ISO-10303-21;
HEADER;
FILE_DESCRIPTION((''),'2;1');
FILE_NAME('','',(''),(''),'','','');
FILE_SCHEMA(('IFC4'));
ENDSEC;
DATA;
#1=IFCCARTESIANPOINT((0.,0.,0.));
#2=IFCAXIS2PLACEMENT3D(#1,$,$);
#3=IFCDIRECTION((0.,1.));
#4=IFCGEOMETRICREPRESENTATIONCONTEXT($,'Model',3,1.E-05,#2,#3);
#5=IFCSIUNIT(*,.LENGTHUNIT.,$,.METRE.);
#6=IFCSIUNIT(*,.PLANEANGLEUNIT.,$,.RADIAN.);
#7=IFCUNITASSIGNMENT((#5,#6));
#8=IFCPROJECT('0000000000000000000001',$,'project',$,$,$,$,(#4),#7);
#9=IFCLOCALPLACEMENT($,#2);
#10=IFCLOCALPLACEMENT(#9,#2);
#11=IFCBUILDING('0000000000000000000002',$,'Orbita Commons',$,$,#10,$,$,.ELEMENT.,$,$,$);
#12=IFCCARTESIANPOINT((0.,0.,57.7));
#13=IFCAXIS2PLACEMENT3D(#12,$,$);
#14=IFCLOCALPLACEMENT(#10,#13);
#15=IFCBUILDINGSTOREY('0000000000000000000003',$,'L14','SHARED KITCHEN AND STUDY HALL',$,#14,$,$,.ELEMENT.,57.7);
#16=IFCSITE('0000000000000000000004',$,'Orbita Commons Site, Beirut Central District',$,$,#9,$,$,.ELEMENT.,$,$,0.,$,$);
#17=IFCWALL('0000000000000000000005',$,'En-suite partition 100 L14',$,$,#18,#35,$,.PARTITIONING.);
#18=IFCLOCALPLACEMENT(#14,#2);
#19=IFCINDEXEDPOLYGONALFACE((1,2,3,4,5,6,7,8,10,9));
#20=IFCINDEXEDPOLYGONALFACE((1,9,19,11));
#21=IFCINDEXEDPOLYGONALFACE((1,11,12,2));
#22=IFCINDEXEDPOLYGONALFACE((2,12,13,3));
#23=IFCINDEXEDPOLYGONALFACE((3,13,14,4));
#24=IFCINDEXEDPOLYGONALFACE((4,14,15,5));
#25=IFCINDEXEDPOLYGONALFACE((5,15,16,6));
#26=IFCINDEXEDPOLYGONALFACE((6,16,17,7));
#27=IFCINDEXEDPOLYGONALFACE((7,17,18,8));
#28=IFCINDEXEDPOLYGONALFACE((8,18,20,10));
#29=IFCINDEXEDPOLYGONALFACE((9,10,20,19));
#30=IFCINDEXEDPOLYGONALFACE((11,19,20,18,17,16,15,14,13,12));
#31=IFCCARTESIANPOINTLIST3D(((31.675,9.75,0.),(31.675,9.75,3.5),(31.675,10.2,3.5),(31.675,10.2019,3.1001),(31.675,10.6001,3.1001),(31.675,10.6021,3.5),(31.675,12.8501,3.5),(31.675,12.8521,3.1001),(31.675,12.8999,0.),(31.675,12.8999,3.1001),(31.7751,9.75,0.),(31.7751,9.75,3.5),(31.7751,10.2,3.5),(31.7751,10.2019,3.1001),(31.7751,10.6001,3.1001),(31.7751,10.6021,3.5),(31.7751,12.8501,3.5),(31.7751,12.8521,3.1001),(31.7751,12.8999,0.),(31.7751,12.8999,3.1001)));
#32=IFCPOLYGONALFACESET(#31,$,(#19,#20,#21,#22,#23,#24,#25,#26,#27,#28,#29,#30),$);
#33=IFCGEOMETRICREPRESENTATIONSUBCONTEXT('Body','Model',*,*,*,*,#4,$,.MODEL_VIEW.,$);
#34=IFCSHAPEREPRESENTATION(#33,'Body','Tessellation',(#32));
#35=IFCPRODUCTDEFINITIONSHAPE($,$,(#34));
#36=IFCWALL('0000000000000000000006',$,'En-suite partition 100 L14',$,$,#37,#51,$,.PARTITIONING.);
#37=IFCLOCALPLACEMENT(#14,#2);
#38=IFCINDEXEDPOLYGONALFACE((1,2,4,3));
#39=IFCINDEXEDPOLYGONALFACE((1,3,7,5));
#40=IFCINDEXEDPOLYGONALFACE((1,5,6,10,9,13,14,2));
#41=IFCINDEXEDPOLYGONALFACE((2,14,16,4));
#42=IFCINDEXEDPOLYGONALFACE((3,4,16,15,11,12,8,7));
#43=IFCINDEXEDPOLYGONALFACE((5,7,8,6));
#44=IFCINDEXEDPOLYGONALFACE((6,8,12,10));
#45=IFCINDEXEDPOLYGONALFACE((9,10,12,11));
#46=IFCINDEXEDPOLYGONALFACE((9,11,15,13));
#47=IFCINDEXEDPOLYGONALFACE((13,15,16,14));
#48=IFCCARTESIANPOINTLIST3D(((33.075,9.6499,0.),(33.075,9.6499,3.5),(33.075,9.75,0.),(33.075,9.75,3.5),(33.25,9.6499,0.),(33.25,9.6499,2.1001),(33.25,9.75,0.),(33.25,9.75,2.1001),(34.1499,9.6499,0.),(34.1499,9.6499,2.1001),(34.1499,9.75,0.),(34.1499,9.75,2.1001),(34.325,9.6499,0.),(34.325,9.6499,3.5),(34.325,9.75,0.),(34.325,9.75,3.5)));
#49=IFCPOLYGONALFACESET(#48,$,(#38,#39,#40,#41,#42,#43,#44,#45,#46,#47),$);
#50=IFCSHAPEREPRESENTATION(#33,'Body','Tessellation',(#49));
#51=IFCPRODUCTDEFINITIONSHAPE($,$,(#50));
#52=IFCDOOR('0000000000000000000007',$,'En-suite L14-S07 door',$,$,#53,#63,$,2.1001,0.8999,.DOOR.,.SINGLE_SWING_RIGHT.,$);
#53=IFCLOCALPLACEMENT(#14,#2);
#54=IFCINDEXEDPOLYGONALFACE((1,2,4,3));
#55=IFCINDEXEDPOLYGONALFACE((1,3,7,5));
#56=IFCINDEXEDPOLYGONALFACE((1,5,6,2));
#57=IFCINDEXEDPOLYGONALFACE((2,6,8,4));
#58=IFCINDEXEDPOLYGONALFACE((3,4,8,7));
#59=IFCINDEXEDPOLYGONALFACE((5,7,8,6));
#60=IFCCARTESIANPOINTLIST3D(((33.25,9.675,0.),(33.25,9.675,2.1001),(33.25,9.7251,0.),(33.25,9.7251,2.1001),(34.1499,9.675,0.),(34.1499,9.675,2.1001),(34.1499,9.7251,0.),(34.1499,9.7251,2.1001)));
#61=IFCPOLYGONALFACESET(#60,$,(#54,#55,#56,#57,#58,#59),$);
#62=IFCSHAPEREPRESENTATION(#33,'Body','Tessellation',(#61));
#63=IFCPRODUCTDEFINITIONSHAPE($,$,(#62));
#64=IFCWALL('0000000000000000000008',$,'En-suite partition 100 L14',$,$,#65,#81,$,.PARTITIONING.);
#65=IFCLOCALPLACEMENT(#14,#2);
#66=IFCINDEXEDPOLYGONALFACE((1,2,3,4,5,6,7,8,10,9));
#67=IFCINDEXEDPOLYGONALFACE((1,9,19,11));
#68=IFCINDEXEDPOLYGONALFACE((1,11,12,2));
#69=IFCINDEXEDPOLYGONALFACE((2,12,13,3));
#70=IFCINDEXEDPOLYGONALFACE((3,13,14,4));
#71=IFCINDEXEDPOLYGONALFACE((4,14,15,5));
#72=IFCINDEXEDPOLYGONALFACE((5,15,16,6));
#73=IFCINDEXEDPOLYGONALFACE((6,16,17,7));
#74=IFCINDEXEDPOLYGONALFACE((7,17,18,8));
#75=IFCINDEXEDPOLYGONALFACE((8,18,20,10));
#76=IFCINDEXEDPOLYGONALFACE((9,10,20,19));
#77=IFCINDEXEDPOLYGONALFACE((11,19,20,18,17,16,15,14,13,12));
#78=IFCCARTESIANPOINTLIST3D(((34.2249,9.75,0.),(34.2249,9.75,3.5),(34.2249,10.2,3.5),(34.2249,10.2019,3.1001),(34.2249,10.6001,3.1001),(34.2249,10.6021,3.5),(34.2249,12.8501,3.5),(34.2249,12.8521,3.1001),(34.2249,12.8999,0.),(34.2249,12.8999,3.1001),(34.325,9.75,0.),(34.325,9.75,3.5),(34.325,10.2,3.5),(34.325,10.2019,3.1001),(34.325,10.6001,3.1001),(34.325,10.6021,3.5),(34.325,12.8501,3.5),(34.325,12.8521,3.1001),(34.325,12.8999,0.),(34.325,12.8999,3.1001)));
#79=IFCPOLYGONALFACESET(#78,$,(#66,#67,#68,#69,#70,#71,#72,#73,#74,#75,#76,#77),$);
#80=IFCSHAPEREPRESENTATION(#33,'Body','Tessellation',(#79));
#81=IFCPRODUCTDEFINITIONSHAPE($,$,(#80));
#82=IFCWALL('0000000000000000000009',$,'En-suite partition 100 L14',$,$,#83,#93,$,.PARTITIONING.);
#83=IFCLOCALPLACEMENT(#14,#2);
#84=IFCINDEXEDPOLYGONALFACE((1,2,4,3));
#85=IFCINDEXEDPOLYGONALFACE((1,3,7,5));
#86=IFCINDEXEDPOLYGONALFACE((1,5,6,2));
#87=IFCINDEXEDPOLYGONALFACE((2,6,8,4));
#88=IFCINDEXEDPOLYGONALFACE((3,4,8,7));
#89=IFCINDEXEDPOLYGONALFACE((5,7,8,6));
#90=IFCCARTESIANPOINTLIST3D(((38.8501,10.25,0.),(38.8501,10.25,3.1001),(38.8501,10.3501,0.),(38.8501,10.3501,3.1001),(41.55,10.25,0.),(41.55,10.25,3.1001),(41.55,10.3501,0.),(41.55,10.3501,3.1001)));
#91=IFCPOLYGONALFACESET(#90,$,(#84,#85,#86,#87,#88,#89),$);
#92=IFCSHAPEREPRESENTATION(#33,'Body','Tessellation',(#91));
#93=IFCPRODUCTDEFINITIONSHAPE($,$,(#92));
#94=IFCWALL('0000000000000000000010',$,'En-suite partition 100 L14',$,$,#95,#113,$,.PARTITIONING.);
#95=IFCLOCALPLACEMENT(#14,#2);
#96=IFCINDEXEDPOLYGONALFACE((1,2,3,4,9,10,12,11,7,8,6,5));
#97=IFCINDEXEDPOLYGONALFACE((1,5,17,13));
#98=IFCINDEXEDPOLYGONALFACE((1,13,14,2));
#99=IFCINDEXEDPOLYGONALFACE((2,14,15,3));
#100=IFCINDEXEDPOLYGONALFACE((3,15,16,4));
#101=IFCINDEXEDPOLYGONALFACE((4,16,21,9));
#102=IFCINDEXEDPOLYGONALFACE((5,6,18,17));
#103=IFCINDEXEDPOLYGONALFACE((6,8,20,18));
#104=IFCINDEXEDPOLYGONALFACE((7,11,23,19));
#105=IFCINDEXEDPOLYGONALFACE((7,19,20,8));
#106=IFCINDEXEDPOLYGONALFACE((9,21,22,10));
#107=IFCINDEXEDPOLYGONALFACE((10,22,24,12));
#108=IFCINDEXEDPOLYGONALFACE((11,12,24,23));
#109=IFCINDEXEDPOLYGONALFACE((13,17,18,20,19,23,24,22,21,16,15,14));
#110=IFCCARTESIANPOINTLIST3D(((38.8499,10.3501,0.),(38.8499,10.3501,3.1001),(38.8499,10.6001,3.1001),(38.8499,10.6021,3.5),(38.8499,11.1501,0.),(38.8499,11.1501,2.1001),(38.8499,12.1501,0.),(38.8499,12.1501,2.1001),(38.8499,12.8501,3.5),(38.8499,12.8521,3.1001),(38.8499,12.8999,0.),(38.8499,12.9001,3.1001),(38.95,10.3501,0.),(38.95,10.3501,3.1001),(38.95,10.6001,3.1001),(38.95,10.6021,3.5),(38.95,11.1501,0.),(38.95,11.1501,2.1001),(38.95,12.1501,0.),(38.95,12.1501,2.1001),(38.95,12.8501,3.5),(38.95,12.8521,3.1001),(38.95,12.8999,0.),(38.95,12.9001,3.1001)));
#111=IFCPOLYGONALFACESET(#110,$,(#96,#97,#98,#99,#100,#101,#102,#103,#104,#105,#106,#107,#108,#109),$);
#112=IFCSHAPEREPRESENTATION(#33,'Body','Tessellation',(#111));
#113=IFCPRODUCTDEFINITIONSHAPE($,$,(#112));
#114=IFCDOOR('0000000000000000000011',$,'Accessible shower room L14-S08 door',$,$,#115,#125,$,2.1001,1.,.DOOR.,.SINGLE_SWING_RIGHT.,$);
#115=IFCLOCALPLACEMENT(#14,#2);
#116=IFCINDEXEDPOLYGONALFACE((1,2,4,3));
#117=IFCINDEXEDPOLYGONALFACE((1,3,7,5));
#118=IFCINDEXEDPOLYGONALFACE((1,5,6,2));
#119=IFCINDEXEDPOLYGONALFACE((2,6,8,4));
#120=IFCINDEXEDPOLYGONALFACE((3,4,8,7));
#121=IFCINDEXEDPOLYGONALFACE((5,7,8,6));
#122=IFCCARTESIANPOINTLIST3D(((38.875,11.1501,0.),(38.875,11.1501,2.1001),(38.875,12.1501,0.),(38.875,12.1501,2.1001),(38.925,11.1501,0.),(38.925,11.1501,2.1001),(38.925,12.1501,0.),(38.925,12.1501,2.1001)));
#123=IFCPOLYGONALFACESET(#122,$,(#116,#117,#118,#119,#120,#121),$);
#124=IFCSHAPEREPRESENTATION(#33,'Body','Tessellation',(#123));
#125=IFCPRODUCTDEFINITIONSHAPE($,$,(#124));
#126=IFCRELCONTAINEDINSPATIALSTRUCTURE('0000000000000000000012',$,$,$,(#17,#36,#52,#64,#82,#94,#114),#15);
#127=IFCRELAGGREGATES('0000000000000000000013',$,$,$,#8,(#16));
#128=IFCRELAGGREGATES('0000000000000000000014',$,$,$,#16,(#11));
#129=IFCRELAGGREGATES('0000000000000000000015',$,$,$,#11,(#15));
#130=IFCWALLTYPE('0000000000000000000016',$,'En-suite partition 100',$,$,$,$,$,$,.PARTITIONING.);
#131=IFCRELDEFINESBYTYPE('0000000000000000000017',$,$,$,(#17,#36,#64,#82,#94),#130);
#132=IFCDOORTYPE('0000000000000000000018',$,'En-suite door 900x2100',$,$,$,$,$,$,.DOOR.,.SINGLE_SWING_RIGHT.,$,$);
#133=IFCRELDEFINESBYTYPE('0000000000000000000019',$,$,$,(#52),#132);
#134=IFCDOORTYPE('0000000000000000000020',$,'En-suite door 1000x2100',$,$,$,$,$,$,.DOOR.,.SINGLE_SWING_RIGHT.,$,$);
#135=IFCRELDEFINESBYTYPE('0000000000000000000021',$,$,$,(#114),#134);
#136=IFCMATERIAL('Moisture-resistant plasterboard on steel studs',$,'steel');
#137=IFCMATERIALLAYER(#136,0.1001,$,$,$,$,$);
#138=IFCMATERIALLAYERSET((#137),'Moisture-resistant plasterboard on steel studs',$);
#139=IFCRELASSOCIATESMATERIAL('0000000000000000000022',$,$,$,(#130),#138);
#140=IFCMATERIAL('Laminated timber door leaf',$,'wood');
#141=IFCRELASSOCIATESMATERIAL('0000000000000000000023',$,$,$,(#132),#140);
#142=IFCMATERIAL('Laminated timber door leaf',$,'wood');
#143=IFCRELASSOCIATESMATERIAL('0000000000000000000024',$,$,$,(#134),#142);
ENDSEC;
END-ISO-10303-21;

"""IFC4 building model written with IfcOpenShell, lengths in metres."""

from ifc_helpers import new_model, si_unit, direction, frame, frame_2d, origin, place, context, subcontext, project, spatial, polyline, rectangle, outline, extrude, material, layer, layer_set, type_object, element, fill, save


model = new_model("IFC4")

# Units and contexts
model_context = context("Model", 3, precision=1e-05, world=origin(), true_north=direction((0.0, 1.0)))
body_context = subcontext(model_context, "Body", "Model", "MODEL_VIEW")
ifc_project = project(units=[si_unit("LENGTHUNIT", "METRE"), si_unit("PLANEANGLEUNIT", "RADIAN")], contexts=[model_context])

# Site, building, storey
site_placement = place(None, origin())
site = spatial("IfcSite", under=ifc_project, at=site_placement, Name="Orbita Commons Site, Beirut Central District", CompositionType="ELEMENT", RefElevation=0.0)
building_placement = place(site_placement, origin())
building = spatial("IfcBuilding", under=site, at=building_placement, Name="Orbita Commons", CompositionType="ELEMENT")
storey_placement = place(building_placement, frame((0.0, 0.0, 57.7)))
storey = spatial("IfcBuildingStorey", under=building, at=storey_placement, Name="L14", Description="SHARED KITCHEN AND STUDY HALL", CompositionType="ELEMENT", Elevation=57.7)

# Shared definitions
ifc_material_1 = material(Name="Moisture-resistant plasterboard on steel studs", Category="steel")
ifc_layer_1 = layer(ifc_material_1, 0.1001)
ifc_layer_set_1 = layer_set([ifc_layer_1], Name="Moisture-resistant plasterboard on steel studs")
wall_type_1 = type_object("IfcWallType", Name="En-suite partition 100", PredefinedType="PARTITIONING", material=ifc_layer_set_1)
ifc_material_2 = material(Name="Laminated timber door leaf", Category="wood")
door_type_1 = type_object("IfcDoorType", Name="En-suite door 900x2100", OperationType="SINGLE_SWING_RIGHT", PredefinedType="DOOR", material=ifc_material_2)

# Wall
wall_1_placement = place(storey_placement, frame((31.7251, 9.75, 0.0), z_axis=(0.0, 0.0, 1.0), x_axis=(0.0, 1.0, 0.0)))
element("IfcWall", 1, at=wall_1_placement, inside=storey, type_object=wall_type_1, Name="En-suite partition 100 L14", PredefinedType="PARTITIONING", context=body_context, shape_type="SweptSolid", body=[
    extrude(outline(polyline([(0.0, 0.0), (3.1499, 0.0), (3.1499, 3.1001), (3.1021, 3.1001), (3.1001, 3.5), (0.8521, 3.5), (0.8501, 3.1001), (0.4519, 3.1001), (0.45, 3.5), (0.0, 3.5), (0.0, 0.0)])), frame((0.0, 0.05, 0.0), z_axis=(0.0, -1.0, 0.0), x_axis=(1.0, 0.0, 0.0)), (0.0, 0.0, 1.0), 0.1001),
])

# Wall, opening, door
wall_2_placement = place(storey_placement, frame((34.325, 9.7, 0.0), z_axis=(0.0, 0.0, 1.0), x_axis=(-1.0, 0.0, 0.0)))
wall_2 = element("IfcWall", 2, at=wall_2_placement, inside=storey, type_object=wall_type_1, Name="En-suite partition 100 L14", PredefinedType="PARTITIONING", context=body_context, shape_type="SweptSolid", body=[
    extrude(rectangle(XDim=1.25, YDim=0.1001, at=frame_2d((0.625, 0.0))), origin(), (0.0, 0.0, 1.0), 3.5),
])
opening_1_placement = place(wall_2_placement, frame((0.175, 0.0, 0.0)))
opening_1 = element("IfcOpeningElement", 3, at=opening_1_placement, cuts=wall_2, PredefinedType="OPENING", context=body_context, shape_type="SweptSolid", body=[
    extrude(rectangle(XDim=0.8999, YDim=2.1001, at=frame_2d((0.45, 1.05))), frame((0.0, 0.0601, 0.0), z_axis=(0.0, -1.0, 0.0), x_axis=(1.0, 0.0, 0.0)), (0.0, 0.0, 1.0), 0.1201),
])
door_1_placement = place(opening_1_placement, origin())
door_1 = element("IfcDoor", 4, at=door_1_placement, inside=storey, type_object=door_type_1, Name="En-suite L14-S07 door", OperationType="SINGLE_SWING_RIGHT", OverallHeight=2.1001, OverallWidth=0.8999, PredefinedType="DOOR", context=body_context, shape_type="SweptSolid", body=[
    extrude(rectangle(XDim=0.8999, YDim=2.1001, at=frame_2d((0.45, 1.05))), frame((0.0, 0.0249, 0.0), z_axis=(0.0, -1.0, 0.0), x_axis=(1.0, 0.0, 0.0)), (0.0, 0.0, 1.0), 0.05),
])
fill(opening_1, door_1)

# Walls
wall_3_placement = place(storey_placement, frame((34.2749, 9.75, 0.0), z_axis=(0.0, 0.0, 1.0), x_axis=(0.0, 1.0, 0.0)))
element("IfcWall", 5, at=wall_3_placement, inside=storey, type_object=wall_type_1, Name="En-suite partition 100 L14", PredefinedType="PARTITIONING", context=body_context, shape_type="SweptSolid", body=[
    extrude(outline(polyline([(0.0, 0.0), (3.1499, 0.0), (3.1499, 3.1001), (3.1021, 3.1001), (3.1001, 3.5), (0.8521, 3.5), (0.8501, 3.1001), (0.4519, 3.1001), (0.45, 3.5), (0.0, 3.5), (0.0, 0.0)])), frame((0.0, 0.05, 0.0), z_axis=(0.0, -1.0, 0.0), x_axis=(1.0, 0.0, 0.0)), (0.0, 0.0, 1.0), 0.1001),
])
wall_4_placement = place(storey_placement, frame((38.8501, 10.3, 0.0), z_axis=(0.0, 0.0, 1.0), x_axis=(1.0, 0.0, 0.0)))
element("IfcWall", 6, at=wall_4_placement, inside=storey, type_object=wall_type_1, Name="En-suite partition 100 L14", PredefinedType="PARTITIONING", context=body_context, shape_type="SweptSolid", body=[
    extrude(outline(polyline([(0.0, 0.0), (2.7, 0.0), (2.7, 3.1001), (0.0, 3.1001), (0.0, 0.0)])), frame((0.0, 0.05, 0.0), z_axis=(0.0, -1.0, 0.0), x_axis=(1.0, 0.0, 0.0)), (0.0, 0.0, 1.0), 0.1001),
])

# Wall, opening, door
wall_5_placement = place(storey_placement, frame((38.8999, 10.3501, 0.0), z_axis=(0.0, 0.0, 1.0), x_axis=(0.0, 1.0, 0.0)))
wall_5 = element("IfcWall", 7, at=wall_5_placement, inside=storey, type_object=wall_type_1, Name="En-suite partition 100 L14", PredefinedType="PARTITIONING", context=body_context, shape_type="SweptSolid", body=[
    extrude(outline(polyline([(0.0, 0.0), (2.5498, 0.0), (2.55, 3.1001), (2.502, 3.1001), (2.5, 3.5), (0.252, 3.5), (0.25, 3.1001), (0.0, 3.1001), (0.0, 0.0)])), frame((0.0, 0.05, 0.0), z_axis=(0.0, -1.0, 0.0), x_axis=(1.0, 0.0, 0.0)), (0.0, 0.0, 1.0), 0.1001),
])
opening_2_placement = place(wall_5_placement, frame((0.8, 0.0, 0.0)))
opening_2 = element("IfcOpeningElement", 8, at=opening_2_placement, cuts=wall_5, PredefinedType="OPENING", context=body_context, shape_type="SweptSolid", body=[
    extrude(rectangle(XDim=1.0, YDim=2.1001, at=frame_2d((0.5, 1.05))), frame((0.0, 0.0601, 0.0), z_axis=(0.0, -1.0, 0.0), x_axis=(1.0, 0.0, 0.0)), (0.0, 0.0, 1.0), 0.1201),
])
ifc_material_3 = material(Name="Laminated timber door leaf", Category="wood")
door_type_2 = type_object("IfcDoorType", Name="En-suite door 1000x2100", OperationType="SINGLE_SWING_RIGHT", PredefinedType="DOOR", material=ifc_material_3)
door_2_placement = place(opening_2_placement, origin())
door_2 = element("IfcDoor", 9, at=door_2_placement, inside=storey, type_object=door_type_2, Name="Accessible shower room L14-S08 door", OperationType="SINGLE_SWING_RIGHT", OverallHeight=2.1001, OverallWidth=1.0, PredefinedType="DOOR", context=body_context, shape_type="SweptSolid", body=[
    extrude(rectangle(XDim=1.0, YDim=2.1001, at=frame_2d((0.5, 1.05))), frame((0.0, 0.0249, 0.0), z_axis=(0.0, -1.0, 0.0), x_axis=(1.0, 0.0, 0.0)), (0.0, 0.0, 1.0), 0.05),
])
fill(opening_2, door_2)

save(model, "model.ifc")
